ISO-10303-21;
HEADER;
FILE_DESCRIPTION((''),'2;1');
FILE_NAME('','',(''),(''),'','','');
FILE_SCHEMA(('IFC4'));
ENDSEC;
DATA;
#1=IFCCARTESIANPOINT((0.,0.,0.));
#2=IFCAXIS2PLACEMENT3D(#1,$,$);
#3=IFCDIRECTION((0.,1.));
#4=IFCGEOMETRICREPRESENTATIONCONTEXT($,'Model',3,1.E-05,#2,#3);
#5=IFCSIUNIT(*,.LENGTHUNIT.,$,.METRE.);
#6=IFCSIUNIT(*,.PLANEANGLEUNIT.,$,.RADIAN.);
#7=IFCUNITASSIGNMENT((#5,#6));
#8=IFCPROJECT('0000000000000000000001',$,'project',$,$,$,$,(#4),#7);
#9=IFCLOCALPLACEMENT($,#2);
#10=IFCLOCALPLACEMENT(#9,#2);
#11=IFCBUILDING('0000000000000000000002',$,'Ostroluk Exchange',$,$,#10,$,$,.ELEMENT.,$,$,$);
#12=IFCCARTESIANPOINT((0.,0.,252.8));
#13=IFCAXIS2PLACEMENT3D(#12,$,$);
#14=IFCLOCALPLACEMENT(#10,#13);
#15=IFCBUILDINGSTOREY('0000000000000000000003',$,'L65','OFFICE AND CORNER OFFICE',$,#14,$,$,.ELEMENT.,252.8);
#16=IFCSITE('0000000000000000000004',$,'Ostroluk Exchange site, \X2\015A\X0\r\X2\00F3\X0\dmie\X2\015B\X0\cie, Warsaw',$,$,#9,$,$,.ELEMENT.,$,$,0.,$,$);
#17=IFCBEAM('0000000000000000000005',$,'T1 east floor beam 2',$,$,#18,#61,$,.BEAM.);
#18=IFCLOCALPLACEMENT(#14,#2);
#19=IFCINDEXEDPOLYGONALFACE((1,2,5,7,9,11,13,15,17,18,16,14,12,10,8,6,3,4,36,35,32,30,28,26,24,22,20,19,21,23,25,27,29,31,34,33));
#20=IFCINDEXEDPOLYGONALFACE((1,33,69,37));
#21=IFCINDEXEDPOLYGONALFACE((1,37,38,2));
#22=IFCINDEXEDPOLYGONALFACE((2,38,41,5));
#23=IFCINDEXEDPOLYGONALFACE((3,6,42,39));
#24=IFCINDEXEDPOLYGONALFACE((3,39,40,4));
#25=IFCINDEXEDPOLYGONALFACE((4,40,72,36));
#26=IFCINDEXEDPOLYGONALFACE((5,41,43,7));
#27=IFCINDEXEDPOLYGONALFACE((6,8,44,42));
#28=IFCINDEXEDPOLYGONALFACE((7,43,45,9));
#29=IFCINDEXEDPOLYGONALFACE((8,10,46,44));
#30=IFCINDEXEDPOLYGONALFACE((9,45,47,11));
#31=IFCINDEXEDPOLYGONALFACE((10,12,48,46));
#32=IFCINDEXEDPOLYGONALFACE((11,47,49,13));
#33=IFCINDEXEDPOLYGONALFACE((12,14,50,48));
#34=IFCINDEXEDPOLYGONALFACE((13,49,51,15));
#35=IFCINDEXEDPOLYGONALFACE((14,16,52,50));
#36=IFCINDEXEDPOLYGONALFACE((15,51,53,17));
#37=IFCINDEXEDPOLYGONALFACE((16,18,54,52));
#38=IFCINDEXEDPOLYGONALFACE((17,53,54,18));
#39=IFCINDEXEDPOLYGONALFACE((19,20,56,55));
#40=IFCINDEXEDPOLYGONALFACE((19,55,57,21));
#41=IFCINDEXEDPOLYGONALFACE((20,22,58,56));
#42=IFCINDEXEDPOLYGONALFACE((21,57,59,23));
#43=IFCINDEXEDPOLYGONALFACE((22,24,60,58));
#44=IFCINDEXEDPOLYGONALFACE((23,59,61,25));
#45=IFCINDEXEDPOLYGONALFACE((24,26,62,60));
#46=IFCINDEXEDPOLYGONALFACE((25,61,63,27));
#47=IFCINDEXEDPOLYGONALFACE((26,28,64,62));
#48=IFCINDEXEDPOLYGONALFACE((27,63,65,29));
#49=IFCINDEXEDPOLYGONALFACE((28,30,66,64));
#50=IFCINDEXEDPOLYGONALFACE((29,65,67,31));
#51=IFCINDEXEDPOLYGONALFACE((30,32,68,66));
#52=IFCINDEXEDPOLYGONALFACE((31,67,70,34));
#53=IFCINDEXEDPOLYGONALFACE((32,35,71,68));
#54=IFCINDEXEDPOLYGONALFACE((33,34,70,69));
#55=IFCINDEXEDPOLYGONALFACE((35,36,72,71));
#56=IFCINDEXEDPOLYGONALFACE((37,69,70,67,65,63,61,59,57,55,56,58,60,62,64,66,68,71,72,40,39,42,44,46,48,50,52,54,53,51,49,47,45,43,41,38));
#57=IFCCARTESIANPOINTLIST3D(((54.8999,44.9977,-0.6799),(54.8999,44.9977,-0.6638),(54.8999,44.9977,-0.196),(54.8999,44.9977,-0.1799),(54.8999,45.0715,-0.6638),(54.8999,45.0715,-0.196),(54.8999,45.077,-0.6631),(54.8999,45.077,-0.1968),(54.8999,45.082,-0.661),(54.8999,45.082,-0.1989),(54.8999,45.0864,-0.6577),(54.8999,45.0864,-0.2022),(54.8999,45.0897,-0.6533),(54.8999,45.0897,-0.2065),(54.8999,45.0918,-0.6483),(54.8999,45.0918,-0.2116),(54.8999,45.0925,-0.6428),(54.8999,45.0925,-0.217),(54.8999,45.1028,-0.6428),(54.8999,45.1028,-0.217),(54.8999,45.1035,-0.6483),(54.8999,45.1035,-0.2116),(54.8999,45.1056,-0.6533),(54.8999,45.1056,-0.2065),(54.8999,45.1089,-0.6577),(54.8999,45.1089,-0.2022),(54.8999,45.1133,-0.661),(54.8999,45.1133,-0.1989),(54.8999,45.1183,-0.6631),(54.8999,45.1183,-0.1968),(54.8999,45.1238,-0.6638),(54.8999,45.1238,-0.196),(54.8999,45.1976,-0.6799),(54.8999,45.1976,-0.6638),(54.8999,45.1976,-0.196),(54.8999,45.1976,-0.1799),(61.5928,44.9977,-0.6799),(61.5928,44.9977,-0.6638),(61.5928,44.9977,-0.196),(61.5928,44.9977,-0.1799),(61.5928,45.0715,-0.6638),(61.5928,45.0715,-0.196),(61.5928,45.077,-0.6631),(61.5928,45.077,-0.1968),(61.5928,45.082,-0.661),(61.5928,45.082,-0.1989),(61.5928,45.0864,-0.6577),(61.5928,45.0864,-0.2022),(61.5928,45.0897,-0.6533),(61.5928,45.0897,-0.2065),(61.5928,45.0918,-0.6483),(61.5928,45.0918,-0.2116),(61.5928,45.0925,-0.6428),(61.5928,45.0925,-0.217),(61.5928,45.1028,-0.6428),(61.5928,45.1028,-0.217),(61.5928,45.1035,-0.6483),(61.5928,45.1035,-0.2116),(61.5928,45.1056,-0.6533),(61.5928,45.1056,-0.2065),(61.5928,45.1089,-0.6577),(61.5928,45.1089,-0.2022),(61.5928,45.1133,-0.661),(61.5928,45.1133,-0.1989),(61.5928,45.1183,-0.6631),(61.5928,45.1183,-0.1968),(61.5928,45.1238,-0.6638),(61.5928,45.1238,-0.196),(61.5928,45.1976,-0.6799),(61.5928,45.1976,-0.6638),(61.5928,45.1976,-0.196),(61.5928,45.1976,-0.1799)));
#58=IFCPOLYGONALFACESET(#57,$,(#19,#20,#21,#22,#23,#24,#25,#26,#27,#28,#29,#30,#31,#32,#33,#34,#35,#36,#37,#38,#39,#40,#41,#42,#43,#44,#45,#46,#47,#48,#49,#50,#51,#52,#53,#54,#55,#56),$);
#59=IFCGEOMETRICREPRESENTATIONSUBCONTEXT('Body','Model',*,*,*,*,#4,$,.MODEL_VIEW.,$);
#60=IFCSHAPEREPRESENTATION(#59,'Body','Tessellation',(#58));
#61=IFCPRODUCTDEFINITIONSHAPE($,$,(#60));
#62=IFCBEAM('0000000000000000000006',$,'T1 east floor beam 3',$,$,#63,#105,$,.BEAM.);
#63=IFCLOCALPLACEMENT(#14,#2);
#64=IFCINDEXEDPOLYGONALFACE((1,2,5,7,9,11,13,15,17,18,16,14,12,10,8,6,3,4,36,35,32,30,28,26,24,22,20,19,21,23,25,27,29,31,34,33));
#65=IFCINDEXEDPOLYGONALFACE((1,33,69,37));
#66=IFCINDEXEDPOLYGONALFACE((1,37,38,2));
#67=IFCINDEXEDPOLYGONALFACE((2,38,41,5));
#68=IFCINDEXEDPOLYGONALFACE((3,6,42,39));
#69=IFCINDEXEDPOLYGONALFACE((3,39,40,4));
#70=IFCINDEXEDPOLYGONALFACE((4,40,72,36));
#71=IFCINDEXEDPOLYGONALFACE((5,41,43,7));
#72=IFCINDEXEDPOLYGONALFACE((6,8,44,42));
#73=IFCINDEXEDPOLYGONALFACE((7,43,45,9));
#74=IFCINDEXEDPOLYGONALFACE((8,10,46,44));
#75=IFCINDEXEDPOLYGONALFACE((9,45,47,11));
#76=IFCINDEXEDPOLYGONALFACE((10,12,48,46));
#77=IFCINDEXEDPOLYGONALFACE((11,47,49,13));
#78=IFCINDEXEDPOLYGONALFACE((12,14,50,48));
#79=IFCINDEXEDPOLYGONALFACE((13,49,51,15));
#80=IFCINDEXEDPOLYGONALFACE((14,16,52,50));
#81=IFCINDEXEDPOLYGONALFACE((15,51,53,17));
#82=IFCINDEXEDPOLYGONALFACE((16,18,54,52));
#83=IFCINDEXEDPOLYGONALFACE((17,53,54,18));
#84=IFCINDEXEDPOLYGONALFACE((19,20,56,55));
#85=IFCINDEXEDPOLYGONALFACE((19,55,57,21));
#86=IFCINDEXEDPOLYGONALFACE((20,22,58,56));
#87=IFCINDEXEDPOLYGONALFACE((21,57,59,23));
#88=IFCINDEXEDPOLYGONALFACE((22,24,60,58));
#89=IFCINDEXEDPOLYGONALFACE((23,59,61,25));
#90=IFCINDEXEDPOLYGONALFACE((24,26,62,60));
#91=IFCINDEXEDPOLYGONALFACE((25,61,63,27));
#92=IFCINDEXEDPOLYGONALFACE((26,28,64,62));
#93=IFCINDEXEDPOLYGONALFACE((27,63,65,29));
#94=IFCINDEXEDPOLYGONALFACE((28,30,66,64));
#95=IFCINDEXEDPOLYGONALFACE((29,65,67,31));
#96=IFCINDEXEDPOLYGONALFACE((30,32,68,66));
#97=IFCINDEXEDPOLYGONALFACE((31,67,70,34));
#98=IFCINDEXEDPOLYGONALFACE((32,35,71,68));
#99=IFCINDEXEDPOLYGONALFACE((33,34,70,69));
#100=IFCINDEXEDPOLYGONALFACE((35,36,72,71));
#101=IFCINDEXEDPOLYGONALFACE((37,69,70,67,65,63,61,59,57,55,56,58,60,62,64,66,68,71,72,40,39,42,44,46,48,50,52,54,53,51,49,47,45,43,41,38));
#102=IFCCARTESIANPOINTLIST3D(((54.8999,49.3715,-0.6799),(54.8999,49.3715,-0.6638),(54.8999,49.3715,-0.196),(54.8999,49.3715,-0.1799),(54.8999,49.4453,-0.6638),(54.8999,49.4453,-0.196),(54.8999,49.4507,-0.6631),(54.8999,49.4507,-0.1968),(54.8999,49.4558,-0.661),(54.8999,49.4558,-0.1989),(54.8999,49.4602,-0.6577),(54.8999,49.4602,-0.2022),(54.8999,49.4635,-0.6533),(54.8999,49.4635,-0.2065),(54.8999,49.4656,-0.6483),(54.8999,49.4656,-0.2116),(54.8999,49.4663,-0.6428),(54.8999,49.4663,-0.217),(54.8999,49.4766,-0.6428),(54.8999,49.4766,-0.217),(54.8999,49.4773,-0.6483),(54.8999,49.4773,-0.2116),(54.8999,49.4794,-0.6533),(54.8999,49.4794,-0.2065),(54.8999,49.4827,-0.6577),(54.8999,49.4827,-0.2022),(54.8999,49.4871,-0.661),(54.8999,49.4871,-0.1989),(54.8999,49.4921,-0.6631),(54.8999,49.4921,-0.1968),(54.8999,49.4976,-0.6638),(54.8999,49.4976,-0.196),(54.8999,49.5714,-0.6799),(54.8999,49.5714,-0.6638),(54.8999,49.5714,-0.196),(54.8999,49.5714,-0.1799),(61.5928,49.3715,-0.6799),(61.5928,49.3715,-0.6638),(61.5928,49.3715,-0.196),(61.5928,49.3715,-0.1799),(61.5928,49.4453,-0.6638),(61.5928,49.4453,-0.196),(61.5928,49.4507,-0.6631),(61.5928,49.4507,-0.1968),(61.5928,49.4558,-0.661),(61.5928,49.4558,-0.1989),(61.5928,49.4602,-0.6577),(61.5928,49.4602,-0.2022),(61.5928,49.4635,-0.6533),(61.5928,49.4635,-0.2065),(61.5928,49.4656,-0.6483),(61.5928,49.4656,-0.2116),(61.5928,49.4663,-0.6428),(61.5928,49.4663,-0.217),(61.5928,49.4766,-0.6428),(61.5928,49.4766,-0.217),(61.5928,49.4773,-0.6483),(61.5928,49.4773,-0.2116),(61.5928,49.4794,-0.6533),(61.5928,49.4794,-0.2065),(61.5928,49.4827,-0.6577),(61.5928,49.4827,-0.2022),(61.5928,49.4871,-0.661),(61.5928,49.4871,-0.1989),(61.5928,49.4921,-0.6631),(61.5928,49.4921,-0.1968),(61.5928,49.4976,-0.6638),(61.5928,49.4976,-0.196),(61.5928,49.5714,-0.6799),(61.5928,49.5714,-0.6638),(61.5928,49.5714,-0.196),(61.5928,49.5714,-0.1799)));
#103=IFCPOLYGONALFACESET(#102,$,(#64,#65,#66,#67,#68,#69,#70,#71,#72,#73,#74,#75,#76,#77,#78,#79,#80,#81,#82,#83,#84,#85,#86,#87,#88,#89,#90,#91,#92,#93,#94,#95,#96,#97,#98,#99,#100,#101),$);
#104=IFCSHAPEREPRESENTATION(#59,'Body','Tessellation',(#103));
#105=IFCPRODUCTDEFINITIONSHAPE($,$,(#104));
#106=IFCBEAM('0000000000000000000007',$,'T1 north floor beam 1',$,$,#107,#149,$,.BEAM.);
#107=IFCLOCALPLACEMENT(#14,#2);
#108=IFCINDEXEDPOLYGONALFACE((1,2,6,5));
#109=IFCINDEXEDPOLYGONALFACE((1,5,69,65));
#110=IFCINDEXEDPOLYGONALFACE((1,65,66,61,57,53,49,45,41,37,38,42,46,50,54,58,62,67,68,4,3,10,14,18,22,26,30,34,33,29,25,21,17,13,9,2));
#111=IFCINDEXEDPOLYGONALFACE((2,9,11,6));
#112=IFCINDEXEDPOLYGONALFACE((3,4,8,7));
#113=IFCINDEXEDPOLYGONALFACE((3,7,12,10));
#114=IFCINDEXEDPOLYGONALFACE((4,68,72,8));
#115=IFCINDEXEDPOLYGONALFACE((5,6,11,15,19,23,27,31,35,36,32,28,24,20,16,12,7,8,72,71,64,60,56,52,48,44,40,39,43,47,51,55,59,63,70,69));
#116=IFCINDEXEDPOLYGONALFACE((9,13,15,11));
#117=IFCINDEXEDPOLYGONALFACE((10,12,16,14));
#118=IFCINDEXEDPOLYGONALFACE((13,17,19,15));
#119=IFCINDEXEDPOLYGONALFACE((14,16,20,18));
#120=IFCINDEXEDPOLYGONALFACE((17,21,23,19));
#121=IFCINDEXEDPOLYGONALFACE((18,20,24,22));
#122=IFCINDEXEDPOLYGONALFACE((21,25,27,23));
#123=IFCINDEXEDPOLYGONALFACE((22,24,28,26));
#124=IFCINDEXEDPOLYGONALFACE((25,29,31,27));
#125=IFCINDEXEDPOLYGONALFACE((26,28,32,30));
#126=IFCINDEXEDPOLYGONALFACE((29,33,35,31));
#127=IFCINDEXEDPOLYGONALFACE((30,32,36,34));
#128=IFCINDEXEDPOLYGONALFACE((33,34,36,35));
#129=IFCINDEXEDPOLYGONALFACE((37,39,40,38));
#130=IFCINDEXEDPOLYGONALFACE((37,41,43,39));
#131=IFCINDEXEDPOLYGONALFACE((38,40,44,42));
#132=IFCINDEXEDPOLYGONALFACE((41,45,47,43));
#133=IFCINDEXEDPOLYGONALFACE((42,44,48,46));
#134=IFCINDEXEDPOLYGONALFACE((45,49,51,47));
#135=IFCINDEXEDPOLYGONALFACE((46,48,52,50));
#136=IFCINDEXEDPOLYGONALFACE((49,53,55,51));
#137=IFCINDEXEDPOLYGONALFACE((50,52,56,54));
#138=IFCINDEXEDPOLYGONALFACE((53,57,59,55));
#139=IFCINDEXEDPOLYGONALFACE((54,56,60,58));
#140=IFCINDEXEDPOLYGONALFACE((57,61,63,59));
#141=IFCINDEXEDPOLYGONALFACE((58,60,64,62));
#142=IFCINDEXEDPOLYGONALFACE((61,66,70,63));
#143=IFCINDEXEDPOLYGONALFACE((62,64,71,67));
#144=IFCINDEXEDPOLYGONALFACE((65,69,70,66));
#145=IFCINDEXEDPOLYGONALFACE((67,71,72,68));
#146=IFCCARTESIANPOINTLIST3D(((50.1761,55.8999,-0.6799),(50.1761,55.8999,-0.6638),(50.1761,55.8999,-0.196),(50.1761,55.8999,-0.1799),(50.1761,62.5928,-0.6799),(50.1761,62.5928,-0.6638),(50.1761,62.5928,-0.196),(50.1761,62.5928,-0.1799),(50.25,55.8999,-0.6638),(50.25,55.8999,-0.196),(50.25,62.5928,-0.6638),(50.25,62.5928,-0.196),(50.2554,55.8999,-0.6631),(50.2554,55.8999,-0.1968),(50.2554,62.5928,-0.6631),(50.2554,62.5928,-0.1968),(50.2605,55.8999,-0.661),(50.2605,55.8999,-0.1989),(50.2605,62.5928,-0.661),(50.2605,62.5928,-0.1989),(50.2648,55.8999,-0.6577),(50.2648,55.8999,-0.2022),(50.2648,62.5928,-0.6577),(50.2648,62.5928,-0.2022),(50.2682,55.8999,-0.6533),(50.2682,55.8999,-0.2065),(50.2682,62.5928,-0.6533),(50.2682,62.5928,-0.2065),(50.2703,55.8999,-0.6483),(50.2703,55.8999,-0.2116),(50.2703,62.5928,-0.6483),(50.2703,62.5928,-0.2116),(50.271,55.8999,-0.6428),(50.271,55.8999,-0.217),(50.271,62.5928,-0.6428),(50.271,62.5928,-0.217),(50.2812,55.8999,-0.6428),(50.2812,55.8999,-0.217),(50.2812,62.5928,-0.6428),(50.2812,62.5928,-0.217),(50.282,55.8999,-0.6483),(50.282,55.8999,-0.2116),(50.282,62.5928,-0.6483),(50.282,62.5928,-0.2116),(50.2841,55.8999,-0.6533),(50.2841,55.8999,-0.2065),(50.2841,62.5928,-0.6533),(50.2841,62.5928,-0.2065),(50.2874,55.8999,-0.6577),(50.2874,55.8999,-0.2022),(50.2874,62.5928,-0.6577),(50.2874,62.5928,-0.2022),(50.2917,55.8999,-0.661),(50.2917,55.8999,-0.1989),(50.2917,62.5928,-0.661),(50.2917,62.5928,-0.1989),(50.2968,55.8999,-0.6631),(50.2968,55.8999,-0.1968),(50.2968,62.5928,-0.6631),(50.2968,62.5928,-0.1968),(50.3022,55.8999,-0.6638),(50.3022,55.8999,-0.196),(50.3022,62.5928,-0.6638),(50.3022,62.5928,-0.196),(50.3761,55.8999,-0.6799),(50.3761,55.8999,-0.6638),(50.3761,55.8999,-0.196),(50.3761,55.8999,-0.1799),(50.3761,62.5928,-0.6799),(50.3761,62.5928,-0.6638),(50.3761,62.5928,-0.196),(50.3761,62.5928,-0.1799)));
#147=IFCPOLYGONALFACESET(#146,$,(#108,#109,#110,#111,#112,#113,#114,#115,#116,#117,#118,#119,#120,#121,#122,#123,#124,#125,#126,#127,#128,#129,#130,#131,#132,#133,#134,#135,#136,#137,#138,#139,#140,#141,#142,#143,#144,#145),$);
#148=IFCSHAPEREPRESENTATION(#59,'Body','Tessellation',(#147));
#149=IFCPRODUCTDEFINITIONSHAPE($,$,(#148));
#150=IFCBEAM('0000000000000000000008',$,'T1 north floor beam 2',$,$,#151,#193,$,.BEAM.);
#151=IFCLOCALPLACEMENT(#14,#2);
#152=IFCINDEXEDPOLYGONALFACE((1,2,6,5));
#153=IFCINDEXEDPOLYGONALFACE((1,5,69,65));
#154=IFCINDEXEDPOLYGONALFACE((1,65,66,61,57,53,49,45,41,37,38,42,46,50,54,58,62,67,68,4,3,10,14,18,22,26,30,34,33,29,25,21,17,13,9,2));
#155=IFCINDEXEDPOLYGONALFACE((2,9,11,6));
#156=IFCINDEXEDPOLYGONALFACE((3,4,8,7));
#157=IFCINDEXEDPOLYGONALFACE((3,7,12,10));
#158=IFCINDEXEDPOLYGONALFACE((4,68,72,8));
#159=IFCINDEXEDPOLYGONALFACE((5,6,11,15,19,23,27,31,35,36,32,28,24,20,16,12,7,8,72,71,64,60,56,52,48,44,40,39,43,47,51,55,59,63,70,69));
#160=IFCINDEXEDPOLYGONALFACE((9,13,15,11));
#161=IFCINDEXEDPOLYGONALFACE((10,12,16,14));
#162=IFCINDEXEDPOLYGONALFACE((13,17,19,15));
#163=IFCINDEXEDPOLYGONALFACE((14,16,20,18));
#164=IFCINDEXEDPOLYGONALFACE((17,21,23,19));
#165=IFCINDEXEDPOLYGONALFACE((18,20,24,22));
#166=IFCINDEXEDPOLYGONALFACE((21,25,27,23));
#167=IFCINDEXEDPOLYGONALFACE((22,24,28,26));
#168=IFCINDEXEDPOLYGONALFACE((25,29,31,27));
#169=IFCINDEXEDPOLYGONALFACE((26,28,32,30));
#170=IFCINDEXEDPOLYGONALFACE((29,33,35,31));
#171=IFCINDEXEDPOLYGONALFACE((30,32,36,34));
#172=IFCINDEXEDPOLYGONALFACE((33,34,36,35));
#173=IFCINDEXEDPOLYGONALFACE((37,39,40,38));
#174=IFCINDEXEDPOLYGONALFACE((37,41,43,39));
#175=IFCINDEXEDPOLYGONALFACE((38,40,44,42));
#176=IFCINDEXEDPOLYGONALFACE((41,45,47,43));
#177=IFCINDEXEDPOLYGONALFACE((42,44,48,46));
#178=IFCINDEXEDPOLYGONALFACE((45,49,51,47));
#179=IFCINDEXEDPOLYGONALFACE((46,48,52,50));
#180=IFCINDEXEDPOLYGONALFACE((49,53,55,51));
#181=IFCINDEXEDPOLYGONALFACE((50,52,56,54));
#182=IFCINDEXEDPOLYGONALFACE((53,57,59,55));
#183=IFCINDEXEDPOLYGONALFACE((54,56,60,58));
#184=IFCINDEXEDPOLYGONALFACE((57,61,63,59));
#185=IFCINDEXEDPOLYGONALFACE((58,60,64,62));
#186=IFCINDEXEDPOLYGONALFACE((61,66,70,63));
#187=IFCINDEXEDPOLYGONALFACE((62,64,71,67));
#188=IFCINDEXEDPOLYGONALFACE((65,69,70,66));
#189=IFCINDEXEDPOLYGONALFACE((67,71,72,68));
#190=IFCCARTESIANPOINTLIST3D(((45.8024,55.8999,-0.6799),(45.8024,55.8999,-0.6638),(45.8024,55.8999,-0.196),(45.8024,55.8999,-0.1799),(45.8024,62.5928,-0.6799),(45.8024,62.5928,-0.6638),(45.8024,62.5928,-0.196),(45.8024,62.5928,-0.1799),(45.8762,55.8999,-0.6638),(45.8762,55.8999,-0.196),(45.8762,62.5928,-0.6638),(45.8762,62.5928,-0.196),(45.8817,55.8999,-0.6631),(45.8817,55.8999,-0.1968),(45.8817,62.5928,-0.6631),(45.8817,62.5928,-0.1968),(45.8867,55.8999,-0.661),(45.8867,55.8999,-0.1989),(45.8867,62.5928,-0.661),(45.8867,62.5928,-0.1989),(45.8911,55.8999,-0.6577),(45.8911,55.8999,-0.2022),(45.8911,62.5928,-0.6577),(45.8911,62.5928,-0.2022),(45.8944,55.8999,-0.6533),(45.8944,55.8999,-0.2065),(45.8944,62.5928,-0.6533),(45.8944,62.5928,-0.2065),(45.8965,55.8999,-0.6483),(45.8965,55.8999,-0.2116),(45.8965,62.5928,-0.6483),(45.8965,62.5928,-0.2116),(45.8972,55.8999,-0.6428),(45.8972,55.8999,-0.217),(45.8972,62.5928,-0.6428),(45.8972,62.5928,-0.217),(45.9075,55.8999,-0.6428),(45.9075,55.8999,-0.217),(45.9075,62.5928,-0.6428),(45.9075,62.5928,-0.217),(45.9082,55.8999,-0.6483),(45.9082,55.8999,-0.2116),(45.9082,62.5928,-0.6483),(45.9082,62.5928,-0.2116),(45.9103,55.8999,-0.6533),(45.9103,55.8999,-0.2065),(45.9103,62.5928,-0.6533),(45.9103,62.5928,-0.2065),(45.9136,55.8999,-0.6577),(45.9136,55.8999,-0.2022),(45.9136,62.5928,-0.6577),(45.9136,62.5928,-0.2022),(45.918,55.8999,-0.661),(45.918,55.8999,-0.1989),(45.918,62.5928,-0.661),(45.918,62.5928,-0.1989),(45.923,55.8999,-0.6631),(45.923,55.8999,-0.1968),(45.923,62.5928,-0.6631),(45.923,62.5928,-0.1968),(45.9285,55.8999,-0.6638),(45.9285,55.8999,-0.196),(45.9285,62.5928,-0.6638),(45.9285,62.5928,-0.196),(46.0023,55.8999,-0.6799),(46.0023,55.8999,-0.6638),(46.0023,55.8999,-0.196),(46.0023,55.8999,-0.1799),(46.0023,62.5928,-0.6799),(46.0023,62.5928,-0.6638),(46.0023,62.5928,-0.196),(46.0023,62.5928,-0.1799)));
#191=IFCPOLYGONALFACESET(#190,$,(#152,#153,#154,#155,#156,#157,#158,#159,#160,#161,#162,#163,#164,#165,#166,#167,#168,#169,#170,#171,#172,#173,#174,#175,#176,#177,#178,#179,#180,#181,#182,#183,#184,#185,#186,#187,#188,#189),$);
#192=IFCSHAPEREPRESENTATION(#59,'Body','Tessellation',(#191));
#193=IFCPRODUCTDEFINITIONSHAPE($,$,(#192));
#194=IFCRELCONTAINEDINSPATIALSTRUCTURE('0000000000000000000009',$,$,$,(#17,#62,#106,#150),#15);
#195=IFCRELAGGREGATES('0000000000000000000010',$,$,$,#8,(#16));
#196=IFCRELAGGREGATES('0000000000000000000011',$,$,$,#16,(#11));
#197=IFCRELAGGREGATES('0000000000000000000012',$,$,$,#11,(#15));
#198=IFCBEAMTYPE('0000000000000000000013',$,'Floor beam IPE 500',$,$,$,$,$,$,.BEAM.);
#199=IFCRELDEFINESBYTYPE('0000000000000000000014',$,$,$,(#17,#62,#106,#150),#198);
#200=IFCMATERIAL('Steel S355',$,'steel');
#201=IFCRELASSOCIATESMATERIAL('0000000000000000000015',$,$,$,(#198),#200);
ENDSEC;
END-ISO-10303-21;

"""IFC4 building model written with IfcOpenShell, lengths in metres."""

from ifc_helpers import new_model, si_unit, direction, frame, origin, origin_2d, place, context, subcontext, project, spatial, i_section, extrude, material, material_profile, profile_set, type_object, element, save


model = new_model("IFC4")

# Units and contexts
model_context = context("Model", 3, precision=1e-05, world=origin(), true_north=direction((0.0, 1.0)))
body_context = subcontext(model_context, "Body", "Model", "MODEL_VIEW")
ifc_project = project(units=[si_unit("LENGTHUNIT", "METRE"), si_unit("PLANEANGLEUNIT", "RADIAN")], contexts=[model_context])

# Site, building, storey
site_placement = place(None, origin())
site = spatial("IfcSite", under=ifc_project, at=site_placement, Name="Ostroluk Exchange site, Śródmieście, Warsaw", CompositionType="ELEMENT", RefElevation=0.0)
building_placement = place(site_placement, origin())
building = spatial("IfcBuilding", under=site, at=building_placement, Name="Ostroluk Exchange", CompositionType="ELEMENT")
storey_placement = place(building_placement, frame((0.0, 0.0, 252.8)))
storey = spatial("IfcBuildingStorey", under=building, at=storey_placement, Name="L65", Description="OFFICE AND CORNER OFFICE", CompositionType="ELEMENT", Elevation=252.8)

# Beams
ifc_material_1 = material(Name="Steel S355", Category="steel")
ifc_material_profile_1 = material_profile(ifc_material_1, i_section(OverallWidth=0.2, OverallDepth=0.5, WebThickness=0.0103, FlangeThickness=0.0161, FilletRadius=0.021, at=origin_2d()), Name="IPE 500")
ifc_profile_set_1 = profile_set([ifc_material_profile_1], Name="Steel S355")
beam_type_1 = type_object("IfcBeamType", Name="Floor beam IPE 500", PredefinedType="BEAM", material=ifc_profile_set_1)
for number, where, z_axis, x_axis, name in (
    (1, (54.8999, 45.0977, -0.4299), (1.0, 0.0, 0.0), (0.0, 1.0, 0.0), "T1 east floor beam 2"),
    (2, (54.8999, 49.4714, -0.4299), (1.0, 0.0, 0.0), (0.0, 1.0, 0.0), "T1 east floor beam 3"),
    (3, (50.2761, 55.8999, -0.4299), (0.0, 1.0, 0.0), (-1.0, 0.0, 0.0), "T1 north floor beam 1"),
    (4, (45.9023, 55.8999, -0.4299), (0.0, 1.0, 0.0), (-1.0, 0.0, 0.0), "T1 north floor beam 2"),
):
    element("IfcBeam", number, at=place(storey_placement, frame(where, z_axis=z_axis, x_axis=x_axis)), inside=storey, type_object=beam_type_1, Name=name, PredefinedType="BEAM", context=body_context, shape_type="SweptSolid", body=[
        extrude(i_section(OverallWidth=0.2, OverallDepth=0.5, WebThickness=0.0103, FlangeThickness=0.0161, FilletRadius=0.021, at=origin_2d()), origin(), (0.0, 0.0, 1.0), 6.6929),
    ])

save(model, "model.ifc")
